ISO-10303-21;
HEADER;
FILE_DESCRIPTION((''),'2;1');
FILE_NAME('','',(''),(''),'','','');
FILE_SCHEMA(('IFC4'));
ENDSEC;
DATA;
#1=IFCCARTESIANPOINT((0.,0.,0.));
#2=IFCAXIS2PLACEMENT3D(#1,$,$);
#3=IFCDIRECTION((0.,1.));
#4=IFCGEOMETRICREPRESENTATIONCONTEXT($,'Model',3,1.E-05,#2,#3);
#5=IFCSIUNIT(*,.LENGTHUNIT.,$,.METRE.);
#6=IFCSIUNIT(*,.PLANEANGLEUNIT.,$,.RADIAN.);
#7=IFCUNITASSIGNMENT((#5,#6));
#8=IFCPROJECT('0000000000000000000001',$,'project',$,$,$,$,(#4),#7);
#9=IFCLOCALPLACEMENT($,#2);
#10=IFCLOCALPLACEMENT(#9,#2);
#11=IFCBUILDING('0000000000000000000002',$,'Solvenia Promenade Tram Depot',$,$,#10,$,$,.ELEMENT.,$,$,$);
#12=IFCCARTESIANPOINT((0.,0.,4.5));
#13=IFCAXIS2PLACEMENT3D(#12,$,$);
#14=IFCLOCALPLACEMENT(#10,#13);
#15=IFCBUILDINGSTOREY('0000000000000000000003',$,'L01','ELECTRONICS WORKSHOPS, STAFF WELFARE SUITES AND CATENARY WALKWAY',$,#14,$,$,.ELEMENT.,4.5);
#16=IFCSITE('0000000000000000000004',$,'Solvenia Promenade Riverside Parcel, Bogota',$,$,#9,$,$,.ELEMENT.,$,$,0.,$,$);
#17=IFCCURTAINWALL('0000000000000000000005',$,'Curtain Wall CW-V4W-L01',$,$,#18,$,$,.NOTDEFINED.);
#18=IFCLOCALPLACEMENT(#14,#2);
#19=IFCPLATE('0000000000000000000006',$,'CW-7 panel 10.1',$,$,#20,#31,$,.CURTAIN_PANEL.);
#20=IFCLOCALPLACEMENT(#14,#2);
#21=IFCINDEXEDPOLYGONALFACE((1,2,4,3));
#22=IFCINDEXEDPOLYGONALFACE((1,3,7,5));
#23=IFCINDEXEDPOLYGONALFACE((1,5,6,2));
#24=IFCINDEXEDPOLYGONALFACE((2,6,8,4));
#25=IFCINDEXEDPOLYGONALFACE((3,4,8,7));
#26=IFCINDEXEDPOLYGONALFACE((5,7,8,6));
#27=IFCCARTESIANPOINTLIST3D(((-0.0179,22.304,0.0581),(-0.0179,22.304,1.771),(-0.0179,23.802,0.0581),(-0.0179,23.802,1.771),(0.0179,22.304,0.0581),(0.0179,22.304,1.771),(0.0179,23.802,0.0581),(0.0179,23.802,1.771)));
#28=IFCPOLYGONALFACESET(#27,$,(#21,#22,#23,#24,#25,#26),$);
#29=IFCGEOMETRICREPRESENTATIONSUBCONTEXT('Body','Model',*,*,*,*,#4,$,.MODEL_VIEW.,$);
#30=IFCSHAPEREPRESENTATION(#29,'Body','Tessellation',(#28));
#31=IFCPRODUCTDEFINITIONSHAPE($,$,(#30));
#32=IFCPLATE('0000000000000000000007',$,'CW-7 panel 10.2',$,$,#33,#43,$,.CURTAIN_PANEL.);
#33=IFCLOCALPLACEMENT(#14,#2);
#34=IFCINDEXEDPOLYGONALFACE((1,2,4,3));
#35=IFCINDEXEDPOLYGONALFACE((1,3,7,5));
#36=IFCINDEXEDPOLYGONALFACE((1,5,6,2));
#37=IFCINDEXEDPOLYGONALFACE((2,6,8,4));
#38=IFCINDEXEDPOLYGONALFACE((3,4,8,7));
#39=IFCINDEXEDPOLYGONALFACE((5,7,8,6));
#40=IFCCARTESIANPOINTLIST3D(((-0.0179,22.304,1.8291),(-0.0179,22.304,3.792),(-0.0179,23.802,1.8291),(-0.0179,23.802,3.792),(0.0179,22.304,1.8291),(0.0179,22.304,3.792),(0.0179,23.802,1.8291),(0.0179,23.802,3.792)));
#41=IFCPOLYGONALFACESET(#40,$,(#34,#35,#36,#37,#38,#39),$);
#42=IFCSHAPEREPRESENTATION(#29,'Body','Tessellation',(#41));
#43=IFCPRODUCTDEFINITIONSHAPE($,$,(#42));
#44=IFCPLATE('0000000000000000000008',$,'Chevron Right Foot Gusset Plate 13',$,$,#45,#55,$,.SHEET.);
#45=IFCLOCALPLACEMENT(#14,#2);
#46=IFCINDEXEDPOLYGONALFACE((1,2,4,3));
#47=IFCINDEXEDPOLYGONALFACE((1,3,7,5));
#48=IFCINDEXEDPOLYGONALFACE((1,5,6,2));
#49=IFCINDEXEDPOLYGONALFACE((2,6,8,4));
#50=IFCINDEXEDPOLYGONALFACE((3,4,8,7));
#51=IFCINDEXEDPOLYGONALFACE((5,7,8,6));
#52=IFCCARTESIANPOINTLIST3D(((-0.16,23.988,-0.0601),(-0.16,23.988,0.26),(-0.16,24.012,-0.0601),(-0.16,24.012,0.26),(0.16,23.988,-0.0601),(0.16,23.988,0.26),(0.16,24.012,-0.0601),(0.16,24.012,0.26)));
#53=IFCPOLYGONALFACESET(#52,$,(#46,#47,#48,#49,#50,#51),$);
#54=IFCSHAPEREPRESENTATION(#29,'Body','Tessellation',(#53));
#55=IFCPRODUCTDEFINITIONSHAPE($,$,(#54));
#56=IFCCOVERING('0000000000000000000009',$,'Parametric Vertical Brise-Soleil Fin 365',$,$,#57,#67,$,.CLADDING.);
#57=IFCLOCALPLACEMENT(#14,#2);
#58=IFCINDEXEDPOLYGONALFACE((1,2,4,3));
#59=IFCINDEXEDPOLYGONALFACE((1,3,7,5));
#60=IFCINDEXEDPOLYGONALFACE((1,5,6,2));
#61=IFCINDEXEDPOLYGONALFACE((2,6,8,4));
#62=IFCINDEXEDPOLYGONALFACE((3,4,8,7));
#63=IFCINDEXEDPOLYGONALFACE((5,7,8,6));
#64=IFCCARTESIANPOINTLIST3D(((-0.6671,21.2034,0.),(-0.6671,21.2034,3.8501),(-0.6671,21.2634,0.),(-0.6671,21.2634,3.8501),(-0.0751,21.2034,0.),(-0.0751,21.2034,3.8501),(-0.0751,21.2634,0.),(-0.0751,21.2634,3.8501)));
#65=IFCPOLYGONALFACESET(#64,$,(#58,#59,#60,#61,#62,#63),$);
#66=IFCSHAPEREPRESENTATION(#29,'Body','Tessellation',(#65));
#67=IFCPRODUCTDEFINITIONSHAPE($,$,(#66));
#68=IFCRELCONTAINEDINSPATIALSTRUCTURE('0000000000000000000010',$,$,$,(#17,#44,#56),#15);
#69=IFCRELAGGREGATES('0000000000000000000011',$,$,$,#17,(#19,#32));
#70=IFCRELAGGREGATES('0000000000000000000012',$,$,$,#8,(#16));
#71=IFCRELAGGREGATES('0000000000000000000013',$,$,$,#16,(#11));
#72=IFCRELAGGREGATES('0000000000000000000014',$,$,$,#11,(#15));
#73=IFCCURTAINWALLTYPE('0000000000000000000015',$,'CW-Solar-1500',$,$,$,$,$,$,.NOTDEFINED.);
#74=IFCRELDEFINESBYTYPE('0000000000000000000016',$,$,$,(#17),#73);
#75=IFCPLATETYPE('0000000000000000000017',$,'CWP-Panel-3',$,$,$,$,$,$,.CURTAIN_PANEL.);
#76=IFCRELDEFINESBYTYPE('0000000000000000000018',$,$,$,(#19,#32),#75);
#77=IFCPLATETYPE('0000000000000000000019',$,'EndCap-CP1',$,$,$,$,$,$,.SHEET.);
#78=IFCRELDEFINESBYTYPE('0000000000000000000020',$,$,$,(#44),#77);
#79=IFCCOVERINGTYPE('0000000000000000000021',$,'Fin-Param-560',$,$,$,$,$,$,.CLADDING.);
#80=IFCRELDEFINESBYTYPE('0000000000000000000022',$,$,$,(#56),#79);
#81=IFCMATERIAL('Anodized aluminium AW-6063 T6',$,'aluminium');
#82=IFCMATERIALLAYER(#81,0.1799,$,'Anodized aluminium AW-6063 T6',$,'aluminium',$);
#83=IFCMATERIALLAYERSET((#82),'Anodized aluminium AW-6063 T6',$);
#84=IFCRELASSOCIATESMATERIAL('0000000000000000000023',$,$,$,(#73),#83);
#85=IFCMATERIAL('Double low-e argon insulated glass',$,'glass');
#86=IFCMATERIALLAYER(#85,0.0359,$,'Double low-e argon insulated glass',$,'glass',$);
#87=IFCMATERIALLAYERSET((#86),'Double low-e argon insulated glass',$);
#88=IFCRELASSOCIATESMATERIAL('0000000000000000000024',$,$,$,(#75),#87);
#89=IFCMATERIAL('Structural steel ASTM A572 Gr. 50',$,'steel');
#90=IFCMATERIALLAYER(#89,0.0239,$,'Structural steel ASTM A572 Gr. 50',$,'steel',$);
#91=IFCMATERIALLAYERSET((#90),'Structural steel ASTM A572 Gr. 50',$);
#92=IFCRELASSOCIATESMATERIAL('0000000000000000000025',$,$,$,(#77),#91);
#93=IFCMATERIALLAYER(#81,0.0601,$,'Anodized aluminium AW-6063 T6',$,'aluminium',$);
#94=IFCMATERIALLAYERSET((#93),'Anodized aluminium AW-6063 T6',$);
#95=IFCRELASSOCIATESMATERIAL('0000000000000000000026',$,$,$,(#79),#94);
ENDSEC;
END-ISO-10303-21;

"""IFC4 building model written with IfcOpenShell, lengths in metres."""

from ifc_helpers import new_model, si_unit, direction, frame, origin, origin_2d, place, context, subcontext, project, spatial, rectangle, extrude, material, layer, layer_set, type_object, element, aggregate, save


model = new_model("IFC4")

# Units and contexts
model_context = context("Model", 3, precision=1e-05, world=origin(), true_north=direction((0.0, 1.0)))
body_context = subcontext(model_context, "Body", "Model", "MODEL_VIEW")
ifc_project = project(units=[si_unit("LENGTHUNIT", "METRE"), si_unit("PLANEANGLEUNIT", "RADIAN")], contexts=[model_context])

# Site, building, storey
site_placement = place(None, origin())
site = spatial("IfcSite", under=ifc_project, at=site_placement, Name="Solvenia Promenade Riverside Parcel, Bogota", CompositionType="ELEMENT", RefElevation=0.0)
building_placement = place(site_placement, origin())
building = spatial("IfcBuilding", under=site, at=building_placement, Name="Solvenia Promenade Tram Depot", CompositionType="ELEMENT")
storey_placement = place(building_placement, frame((0.0, 0.0, 4.5)))
storey = spatial("IfcBuildingStorey", under=building, at=storey_placement, Name="L01", Description="ELECTRONICS WORKSHOPS, STAFF WELFARE SUITES AND CATENARY WALKWAY", CompositionType="ELEMENT", Elevation=4.5)

# Curtain wall
ifc_material_1 = material(Name="Anodized aluminium AW-6063 T6", Category="aluminium")
ifc_layer_1 = layer(ifc_material_1, 0.1799, Name="Anodized aluminium AW-6063 T6", Category="aluminium")
ifc_layer_set_1 = layer_set([ifc_layer_1], Name="Anodized aluminium AW-6063 T6")
curtain_wall_type = type_object("IfcCurtainWallType", Name="CW-Solar-1500", PredefinedType="NOTDEFINED", material=ifc_layer_set_1)
curtain_wall_placement = place(storey_placement, origin())
curtain_wall = element("IfcCurtainWall", 1, at=curtain_wall_placement, inside=storey, type_object=curtain_wall_type, Name="Curtain Wall CW-V4W-L01", PredefinedType="NOTDEFINED")

# Plates
ifc_material_2 = material(Name="Double low-e argon insulated glass", Category="glass")
ifc_layer_2 = layer(ifc_material_2, 0.0359, Name="Double low-e argon insulated glass", Category="glass")
ifc_layer_set_2 = layer_set([ifc_layer_2], Name="Double low-e argon insulated glass")
plate_type_1 = type_object("IfcPlateType", Name="CWP-Panel-3", PredefinedType="CURTAIN_PANEL", material=ifc_layer_set_2)
plate_1_placement = place(storey_placement, frame((0.0, 23.053, 0.0581), z_axis=(0.0, 0.0, 1.0), x_axis=(0.0, 1.0, 0.0)))
plate_1 = element("IfcPlate", 2, at=plate_1_placement, type_object=plate_type_1, Name="CW-7 panel 10.1", PredefinedType="CURTAIN_PANEL", context=body_context, shape_type="SweptSolid", body=[
    extrude(rectangle(XDim=1.498, YDim=0.0359, at=origin_2d()), origin(), (0.0, 0.0, 1.0), 1.7129),
])
plate_2_placement = place(storey_placement, frame((0.0, 23.053, 1.8291), z_axis=(0.0, 0.0, 1.0), x_axis=(0.0, 1.0, 0.0)))
plate_2 = element("IfcPlate", 3, at=plate_2_placement, type_object=plate_type_1, Name="CW-7 panel 10.2", PredefinedType="CURTAIN_PANEL", context=body_context, shape_type="SweptSolid", body=[
    extrude(rectangle(XDim=1.498, YDim=0.0359, at=origin_2d()), origin(), (0.0, 0.0, 1.0), 1.9629),
])
aggregate(curtain_wall, [plate_1, plate_2])
ifc_material_3 = material(Name="Structural steel ASTM A572 Gr. 50", Category="steel")
ifc_layer_3 = layer(ifc_material_3, 0.0239, Name="Structural steel ASTM A572 Gr. 50", Category="steel")
ifc_layer_set_3 = layer_set([ifc_layer_3], Name="Structural steel ASTM A572 Gr. 50")
plate_type_2 = type_object("IfcPlateType", Name="EndCap-CP1", PredefinedType="SHEET", material=ifc_layer_set_3)
plate_3_placement = place(storey_placement, frame((0.0, 24.0, -0.0601), z_axis=(0.0, 0.0, 1.0), x_axis=(1.0, 0.0, 0.0)))
element("IfcPlate", 4, at=plate_3_placement, inside=storey, type_object=plate_type_2, Name="Chevron Right Foot Gusset Plate 13", PredefinedType="SHEET", context=body_context, shape_type="SweptSolid", body=[
    extrude(rectangle(XDim=0.3201, YDim=0.0239, at=origin_2d()), origin(), (0.0, 0.0, 1.0), 0.3201),
])

# Covering
ifc_layer_4 = layer(ifc_material_1, 0.0601, Name="Anodized aluminium AW-6063 T6", Category="aluminium")
ifc_layer_set_4 = layer_set([ifc_layer_4], Name="Anodized aluminium AW-6063 T6")
covering_type = type_object("IfcCoveringType", Name="Fin-Param-560", PredefinedType="CLADDING", material=ifc_layer_set_4)
covering_placement = place(storey_placement, frame((-0.3711, 21.2334, 0.0), z_axis=(0.0, 0.0, 1.0), x_axis=(0.0, 1.0, 0.0)))
element("IfcCovering", 5, at=covering_placement, inside=storey, type_object=covering_type, Name="Parametric Vertical Brise-Soleil Fin 365", PredefinedType="CLADDING", context=body_context, shape_type="SweptSolid", body=[
    extrude(rectangle(XDim=0.0601, YDim=0.592, at=origin_2d()), origin(), (0.0, 0.0, 1.0), 3.8501),
])

save(model, "model.ifc")
